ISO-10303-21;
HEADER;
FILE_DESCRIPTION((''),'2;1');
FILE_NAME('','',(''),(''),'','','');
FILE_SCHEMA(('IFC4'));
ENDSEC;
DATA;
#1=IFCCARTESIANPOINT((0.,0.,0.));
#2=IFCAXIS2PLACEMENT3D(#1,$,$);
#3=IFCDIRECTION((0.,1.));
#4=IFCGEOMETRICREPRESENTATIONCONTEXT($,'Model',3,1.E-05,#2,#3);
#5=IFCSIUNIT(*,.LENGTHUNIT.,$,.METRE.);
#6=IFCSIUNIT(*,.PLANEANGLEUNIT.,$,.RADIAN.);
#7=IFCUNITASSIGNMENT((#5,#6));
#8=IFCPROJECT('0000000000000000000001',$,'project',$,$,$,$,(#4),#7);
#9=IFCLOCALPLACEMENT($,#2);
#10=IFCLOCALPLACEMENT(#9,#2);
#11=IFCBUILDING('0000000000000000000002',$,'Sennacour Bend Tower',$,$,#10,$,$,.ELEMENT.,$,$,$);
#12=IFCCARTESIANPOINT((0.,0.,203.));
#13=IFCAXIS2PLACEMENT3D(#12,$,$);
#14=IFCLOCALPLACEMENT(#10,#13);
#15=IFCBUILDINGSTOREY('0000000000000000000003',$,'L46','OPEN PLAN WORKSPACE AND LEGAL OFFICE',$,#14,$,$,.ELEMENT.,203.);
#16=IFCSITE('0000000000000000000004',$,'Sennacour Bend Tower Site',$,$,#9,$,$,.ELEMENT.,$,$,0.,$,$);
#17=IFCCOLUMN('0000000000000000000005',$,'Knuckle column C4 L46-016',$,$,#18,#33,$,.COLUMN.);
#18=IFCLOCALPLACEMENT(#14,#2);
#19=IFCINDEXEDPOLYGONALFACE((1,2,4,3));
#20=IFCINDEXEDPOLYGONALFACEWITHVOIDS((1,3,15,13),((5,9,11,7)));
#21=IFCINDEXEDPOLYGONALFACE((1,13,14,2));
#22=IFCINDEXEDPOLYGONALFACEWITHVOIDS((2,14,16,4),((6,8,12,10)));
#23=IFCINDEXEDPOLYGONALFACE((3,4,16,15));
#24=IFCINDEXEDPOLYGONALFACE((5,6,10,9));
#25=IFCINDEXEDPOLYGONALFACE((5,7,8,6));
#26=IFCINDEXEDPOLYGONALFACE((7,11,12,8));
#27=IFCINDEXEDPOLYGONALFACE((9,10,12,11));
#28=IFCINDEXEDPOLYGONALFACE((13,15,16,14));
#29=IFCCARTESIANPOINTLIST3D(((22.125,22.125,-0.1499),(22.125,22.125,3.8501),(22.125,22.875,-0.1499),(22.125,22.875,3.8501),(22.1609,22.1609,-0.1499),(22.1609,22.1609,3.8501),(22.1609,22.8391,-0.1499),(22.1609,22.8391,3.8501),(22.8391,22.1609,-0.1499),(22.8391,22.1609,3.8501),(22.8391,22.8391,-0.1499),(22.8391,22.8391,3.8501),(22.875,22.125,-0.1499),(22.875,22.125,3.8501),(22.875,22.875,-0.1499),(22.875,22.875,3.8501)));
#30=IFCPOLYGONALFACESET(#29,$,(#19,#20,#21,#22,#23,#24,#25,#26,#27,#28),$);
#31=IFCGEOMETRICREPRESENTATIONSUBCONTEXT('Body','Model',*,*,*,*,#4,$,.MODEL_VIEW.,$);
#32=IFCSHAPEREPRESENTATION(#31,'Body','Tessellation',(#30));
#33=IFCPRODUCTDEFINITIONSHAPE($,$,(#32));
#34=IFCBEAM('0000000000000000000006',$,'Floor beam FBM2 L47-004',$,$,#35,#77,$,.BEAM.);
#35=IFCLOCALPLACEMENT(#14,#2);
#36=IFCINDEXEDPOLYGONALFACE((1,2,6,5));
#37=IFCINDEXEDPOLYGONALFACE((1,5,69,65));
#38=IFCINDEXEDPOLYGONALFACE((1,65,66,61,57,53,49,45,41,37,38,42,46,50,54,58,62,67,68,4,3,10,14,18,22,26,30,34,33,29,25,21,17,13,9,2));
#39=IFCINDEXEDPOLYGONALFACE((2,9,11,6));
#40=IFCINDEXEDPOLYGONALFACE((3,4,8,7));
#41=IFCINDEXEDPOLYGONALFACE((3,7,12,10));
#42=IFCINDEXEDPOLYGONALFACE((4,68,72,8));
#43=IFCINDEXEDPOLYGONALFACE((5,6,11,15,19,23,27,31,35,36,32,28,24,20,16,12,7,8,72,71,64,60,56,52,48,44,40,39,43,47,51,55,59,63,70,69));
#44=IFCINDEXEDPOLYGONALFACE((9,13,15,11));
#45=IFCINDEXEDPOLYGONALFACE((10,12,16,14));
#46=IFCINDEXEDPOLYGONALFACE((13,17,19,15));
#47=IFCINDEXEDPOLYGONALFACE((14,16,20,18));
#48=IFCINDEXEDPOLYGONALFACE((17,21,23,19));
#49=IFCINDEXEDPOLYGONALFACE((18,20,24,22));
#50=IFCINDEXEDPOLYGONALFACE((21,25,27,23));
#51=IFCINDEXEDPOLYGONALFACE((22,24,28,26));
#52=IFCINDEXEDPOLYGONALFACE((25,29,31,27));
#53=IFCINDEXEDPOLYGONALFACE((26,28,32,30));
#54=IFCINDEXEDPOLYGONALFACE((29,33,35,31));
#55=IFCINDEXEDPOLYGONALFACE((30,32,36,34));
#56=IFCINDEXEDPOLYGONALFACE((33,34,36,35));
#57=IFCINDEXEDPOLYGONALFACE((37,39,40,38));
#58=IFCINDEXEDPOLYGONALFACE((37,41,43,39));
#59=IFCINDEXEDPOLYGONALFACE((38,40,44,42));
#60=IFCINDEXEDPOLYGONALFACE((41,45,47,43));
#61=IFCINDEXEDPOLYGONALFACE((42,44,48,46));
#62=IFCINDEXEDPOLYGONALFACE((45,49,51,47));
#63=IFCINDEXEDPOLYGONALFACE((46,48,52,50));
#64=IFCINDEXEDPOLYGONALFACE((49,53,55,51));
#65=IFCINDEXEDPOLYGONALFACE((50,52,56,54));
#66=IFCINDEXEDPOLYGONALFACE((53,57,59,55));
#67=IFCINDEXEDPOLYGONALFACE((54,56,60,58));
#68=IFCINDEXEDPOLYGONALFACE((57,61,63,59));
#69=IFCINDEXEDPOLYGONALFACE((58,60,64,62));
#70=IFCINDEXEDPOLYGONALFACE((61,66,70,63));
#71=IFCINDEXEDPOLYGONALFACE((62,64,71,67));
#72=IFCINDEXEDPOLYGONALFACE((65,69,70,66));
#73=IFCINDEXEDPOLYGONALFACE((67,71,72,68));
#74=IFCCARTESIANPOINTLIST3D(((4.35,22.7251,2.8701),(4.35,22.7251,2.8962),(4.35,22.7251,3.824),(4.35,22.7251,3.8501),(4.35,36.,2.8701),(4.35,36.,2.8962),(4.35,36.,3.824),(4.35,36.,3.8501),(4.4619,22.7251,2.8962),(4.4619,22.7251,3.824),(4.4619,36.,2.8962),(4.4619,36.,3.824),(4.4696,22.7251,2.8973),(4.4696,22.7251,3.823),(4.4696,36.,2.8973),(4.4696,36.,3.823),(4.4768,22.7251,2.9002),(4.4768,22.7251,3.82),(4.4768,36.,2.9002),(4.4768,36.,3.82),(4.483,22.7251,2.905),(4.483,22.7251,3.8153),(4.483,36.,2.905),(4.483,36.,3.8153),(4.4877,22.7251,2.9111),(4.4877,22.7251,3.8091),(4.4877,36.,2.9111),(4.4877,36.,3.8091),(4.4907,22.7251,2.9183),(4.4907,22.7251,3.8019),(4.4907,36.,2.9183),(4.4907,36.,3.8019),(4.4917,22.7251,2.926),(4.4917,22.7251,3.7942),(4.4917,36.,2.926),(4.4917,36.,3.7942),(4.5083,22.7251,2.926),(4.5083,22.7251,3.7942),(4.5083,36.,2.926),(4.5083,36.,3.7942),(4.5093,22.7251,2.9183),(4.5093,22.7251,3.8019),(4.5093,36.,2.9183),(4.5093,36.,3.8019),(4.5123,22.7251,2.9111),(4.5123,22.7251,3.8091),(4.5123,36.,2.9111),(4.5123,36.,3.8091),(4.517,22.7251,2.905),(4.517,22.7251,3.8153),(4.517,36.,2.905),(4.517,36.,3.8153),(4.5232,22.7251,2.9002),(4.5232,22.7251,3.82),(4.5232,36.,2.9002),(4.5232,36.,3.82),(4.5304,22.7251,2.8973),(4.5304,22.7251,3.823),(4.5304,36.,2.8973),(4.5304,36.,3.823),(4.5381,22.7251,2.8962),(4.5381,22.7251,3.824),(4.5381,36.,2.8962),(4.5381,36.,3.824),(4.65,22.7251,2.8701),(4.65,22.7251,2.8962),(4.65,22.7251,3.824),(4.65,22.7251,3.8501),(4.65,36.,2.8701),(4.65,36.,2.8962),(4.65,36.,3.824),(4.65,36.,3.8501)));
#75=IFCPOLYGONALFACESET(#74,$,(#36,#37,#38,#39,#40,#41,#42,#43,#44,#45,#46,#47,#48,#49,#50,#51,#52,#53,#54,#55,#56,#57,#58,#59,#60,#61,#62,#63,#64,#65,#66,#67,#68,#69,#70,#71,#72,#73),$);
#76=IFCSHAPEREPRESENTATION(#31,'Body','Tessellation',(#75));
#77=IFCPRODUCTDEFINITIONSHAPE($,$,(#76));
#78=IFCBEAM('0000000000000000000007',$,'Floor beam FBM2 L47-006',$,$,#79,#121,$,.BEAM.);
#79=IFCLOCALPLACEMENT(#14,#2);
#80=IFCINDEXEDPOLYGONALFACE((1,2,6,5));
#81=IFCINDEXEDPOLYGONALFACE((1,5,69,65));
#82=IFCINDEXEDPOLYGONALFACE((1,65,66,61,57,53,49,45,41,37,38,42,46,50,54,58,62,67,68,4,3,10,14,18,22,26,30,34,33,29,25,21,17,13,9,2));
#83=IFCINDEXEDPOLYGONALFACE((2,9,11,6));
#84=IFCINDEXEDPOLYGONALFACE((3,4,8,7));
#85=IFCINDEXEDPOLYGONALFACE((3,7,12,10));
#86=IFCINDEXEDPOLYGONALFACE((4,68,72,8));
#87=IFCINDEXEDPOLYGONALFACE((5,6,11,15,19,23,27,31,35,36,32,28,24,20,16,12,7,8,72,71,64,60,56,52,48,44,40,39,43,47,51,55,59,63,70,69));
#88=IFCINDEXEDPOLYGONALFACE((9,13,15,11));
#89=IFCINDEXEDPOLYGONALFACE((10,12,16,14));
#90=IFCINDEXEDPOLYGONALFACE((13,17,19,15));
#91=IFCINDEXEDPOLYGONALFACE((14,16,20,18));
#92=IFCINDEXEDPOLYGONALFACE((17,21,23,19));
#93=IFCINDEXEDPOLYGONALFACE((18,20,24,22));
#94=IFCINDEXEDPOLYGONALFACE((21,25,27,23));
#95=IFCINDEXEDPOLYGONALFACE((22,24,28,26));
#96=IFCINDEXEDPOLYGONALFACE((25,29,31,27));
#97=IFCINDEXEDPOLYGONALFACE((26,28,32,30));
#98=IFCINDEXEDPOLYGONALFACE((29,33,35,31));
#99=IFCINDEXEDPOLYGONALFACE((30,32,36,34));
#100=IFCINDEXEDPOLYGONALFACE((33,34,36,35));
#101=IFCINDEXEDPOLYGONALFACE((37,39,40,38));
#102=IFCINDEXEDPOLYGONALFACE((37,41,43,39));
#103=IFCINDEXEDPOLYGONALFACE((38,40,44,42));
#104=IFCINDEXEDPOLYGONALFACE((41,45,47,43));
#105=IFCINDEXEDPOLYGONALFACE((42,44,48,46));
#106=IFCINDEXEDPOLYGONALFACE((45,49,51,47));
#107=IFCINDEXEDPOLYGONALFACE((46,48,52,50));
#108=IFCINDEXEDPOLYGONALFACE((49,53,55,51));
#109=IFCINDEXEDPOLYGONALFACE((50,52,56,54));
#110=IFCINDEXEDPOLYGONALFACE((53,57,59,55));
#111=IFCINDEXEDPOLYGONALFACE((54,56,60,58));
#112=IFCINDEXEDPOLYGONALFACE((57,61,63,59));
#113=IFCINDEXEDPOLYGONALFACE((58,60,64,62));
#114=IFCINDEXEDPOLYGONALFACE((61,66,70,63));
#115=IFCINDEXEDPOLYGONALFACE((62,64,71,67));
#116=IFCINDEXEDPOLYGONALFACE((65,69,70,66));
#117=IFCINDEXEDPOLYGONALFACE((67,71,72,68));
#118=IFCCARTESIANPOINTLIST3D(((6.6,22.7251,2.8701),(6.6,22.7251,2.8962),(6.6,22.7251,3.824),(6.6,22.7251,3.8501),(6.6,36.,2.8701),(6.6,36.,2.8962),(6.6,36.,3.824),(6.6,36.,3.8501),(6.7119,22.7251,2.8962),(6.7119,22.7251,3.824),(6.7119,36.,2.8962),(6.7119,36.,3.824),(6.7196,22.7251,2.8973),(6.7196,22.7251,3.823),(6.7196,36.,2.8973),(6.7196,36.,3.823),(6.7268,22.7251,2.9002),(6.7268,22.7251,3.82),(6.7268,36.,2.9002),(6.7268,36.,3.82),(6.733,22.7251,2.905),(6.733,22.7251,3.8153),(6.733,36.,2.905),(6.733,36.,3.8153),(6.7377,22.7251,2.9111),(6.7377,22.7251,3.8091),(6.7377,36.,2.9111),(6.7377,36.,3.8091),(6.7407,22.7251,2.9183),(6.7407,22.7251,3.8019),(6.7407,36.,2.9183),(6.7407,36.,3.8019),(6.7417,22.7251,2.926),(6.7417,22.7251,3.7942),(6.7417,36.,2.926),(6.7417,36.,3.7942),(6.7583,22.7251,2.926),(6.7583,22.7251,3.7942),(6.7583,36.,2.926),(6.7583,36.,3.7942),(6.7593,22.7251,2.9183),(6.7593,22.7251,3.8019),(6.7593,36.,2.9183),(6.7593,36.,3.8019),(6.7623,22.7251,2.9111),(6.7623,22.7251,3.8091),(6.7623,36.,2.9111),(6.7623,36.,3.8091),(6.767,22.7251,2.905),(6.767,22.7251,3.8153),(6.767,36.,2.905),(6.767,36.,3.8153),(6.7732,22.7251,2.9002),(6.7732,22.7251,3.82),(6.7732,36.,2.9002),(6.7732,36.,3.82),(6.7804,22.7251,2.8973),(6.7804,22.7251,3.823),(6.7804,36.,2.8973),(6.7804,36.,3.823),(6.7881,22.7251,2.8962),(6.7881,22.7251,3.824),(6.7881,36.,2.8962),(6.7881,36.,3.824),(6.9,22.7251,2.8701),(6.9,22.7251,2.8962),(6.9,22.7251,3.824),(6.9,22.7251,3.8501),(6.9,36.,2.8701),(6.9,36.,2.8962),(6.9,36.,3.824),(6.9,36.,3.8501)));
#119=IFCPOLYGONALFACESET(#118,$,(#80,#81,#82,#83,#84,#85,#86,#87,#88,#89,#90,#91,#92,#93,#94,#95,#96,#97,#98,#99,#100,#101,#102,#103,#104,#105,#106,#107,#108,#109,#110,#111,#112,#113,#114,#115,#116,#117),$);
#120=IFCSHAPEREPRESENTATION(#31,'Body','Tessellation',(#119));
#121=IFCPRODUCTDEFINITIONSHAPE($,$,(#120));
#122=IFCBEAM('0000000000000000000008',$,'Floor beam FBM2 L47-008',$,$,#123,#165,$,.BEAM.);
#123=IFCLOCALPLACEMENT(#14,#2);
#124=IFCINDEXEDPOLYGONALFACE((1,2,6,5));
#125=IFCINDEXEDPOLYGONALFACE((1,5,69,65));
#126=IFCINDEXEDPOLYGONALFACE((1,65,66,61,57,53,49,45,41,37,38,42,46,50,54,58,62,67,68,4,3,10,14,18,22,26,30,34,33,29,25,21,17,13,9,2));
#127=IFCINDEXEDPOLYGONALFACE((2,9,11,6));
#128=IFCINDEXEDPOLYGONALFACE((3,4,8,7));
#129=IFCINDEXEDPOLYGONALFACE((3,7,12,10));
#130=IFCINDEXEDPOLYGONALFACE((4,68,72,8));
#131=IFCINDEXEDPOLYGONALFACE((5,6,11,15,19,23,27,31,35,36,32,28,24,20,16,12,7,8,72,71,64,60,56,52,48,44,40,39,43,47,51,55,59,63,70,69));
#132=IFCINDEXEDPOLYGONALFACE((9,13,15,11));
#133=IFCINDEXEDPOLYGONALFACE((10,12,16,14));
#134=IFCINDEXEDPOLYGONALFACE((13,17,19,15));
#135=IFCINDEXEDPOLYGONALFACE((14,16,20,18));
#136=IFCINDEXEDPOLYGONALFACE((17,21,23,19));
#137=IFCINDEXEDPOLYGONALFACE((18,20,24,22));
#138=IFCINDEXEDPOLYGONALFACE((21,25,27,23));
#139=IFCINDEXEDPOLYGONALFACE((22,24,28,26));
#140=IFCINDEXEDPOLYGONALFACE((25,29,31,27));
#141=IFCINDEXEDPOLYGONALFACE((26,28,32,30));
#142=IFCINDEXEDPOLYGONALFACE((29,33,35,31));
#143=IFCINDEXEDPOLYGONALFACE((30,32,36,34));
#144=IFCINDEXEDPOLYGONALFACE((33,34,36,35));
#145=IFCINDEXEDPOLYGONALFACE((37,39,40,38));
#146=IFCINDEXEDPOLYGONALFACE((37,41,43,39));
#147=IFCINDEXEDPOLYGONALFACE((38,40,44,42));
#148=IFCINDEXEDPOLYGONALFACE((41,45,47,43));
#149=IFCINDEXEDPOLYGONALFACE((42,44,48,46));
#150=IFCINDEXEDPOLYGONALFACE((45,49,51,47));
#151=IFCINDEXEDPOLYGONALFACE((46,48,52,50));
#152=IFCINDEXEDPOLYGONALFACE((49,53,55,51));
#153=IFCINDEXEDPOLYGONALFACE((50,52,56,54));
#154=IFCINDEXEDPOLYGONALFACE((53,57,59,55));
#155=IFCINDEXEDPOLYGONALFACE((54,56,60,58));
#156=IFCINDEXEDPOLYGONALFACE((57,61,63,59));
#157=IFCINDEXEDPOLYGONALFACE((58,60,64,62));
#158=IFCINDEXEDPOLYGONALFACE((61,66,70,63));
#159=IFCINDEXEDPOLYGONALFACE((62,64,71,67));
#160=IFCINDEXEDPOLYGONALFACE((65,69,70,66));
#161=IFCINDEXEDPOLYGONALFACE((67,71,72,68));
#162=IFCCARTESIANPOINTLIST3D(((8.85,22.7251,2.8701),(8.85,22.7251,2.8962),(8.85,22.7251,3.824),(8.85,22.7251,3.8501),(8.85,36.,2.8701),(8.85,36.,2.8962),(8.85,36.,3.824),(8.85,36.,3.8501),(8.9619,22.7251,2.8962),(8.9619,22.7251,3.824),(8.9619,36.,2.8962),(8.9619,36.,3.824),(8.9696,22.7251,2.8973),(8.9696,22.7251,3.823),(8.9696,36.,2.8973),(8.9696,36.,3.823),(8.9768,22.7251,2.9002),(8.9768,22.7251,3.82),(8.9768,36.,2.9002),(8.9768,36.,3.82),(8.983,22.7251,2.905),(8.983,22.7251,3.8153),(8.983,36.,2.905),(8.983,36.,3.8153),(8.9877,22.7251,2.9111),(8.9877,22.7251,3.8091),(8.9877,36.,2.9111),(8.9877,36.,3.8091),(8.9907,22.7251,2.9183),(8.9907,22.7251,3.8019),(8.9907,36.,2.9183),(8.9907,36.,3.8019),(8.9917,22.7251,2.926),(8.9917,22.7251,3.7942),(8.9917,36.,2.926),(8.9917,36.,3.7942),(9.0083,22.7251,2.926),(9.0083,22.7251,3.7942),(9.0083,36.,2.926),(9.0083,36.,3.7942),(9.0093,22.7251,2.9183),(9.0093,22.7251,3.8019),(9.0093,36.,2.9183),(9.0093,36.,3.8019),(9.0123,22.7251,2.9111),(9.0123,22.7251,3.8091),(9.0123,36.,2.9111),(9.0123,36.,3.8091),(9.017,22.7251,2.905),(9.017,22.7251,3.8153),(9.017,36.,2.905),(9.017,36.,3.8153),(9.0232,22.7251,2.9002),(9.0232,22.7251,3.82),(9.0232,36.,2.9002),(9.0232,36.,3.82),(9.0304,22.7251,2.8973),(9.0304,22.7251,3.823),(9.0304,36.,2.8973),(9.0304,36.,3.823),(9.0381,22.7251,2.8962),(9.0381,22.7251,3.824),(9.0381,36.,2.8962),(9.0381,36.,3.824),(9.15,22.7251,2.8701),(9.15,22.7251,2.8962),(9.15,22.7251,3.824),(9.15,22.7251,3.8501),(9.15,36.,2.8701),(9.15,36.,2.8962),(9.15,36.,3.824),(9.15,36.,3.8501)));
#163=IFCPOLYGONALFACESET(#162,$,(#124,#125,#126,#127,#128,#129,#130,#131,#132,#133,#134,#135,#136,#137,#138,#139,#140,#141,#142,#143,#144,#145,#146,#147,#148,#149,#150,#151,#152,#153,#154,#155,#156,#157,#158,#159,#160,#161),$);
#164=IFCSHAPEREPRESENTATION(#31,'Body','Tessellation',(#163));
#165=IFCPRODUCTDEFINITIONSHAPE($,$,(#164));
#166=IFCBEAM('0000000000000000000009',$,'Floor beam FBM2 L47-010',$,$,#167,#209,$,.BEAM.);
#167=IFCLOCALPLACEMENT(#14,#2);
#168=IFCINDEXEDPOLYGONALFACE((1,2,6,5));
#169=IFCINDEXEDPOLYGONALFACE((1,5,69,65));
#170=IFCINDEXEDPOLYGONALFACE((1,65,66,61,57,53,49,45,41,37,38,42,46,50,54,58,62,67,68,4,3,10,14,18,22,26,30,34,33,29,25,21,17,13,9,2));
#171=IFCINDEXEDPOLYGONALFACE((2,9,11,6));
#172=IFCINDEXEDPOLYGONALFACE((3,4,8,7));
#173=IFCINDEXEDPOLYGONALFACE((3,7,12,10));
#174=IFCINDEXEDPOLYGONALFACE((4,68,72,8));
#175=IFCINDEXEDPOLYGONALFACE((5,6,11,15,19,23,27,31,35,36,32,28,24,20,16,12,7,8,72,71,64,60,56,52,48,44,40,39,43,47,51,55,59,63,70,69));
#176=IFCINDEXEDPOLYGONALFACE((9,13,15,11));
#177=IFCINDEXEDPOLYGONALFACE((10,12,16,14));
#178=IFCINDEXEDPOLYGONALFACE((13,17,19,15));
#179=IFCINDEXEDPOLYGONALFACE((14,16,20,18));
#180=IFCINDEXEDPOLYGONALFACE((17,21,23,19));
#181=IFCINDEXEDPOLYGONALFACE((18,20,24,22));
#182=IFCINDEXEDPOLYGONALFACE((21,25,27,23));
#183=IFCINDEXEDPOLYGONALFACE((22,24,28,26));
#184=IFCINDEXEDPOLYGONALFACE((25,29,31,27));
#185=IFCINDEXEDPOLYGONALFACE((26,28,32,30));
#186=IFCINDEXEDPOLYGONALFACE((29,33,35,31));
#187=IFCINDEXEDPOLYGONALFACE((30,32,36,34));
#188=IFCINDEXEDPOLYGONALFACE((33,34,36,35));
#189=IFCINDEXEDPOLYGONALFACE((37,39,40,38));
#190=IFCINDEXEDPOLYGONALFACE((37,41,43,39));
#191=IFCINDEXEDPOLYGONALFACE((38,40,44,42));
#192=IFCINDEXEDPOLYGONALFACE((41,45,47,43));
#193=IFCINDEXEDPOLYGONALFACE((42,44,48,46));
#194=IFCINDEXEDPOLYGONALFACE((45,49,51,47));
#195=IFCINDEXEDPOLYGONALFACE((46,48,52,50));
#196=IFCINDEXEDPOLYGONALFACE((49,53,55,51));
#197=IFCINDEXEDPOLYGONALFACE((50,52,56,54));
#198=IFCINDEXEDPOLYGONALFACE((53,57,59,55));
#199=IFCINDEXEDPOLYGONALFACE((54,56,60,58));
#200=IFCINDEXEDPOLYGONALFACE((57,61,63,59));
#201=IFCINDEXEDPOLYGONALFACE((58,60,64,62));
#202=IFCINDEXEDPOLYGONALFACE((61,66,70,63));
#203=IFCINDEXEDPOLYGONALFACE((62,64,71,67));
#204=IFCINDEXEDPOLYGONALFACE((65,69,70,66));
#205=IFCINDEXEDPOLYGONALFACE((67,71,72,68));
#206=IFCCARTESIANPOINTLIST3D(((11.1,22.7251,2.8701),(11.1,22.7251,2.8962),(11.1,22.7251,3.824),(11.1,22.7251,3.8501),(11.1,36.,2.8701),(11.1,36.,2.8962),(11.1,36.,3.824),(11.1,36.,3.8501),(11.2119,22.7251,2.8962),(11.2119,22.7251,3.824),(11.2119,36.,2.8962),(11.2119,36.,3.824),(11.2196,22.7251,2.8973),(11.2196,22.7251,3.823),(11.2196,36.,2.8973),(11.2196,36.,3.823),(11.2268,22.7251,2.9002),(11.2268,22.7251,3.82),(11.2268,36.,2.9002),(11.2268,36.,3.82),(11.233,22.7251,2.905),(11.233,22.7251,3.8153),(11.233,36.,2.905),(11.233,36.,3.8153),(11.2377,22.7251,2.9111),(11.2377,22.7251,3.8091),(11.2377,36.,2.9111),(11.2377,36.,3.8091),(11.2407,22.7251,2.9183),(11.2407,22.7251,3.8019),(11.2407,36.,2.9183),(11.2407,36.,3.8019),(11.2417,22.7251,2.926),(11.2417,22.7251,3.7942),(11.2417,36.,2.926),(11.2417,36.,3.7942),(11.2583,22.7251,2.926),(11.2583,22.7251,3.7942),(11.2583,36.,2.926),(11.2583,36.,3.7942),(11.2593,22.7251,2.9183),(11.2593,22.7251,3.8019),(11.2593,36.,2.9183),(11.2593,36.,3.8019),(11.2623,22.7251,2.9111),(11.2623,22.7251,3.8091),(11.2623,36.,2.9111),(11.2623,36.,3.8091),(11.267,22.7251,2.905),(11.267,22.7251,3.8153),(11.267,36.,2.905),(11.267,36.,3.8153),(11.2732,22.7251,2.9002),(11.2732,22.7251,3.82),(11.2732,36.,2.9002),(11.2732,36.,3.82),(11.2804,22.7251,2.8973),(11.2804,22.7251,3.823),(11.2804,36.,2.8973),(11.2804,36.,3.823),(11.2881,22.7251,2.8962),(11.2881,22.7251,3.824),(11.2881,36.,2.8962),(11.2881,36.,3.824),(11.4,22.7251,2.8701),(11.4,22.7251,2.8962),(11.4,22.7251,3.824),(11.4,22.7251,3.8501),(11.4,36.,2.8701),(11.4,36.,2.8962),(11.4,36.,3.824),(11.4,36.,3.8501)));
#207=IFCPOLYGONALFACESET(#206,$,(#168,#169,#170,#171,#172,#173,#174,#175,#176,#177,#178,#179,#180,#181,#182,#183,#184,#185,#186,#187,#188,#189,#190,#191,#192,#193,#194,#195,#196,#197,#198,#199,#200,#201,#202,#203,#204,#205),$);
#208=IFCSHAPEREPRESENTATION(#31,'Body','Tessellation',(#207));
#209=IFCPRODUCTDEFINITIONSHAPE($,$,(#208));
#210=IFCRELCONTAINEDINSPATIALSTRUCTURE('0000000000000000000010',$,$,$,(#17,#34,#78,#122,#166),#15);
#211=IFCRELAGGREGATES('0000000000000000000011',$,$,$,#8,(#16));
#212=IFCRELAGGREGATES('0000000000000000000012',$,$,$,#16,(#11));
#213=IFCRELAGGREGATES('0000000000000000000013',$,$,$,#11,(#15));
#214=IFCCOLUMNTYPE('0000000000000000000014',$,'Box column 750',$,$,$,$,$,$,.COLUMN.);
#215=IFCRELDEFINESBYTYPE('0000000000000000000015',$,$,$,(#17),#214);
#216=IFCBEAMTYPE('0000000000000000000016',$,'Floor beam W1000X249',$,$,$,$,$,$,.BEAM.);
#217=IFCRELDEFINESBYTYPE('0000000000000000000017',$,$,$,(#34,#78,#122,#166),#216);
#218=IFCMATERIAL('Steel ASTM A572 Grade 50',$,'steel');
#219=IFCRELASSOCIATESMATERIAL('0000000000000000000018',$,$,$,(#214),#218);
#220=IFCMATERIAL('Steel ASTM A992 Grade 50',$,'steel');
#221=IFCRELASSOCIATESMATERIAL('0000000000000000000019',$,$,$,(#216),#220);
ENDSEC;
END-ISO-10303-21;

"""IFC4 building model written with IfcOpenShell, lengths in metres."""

from ifc_helpers import new_model, si_unit, direction, frame, origin, origin_2d, place, context, subcontext, project, spatial, hollow_rectangle, i_section, extrude, material, material_profile, profile_set, type_object, element, save


model = new_model("IFC4")

# Units and contexts
model_context = context("Model", 3, precision=1e-05, world=origin(), true_north=direction((0.0, 1.0)))
body_context = subcontext(model_context, "Body", "Model", "MODEL_VIEW")
ifc_project = project(units=[si_unit("LENGTHUNIT", "METRE"), si_unit("PLANEANGLEUNIT", "RADIAN")], contexts=[model_context])

# Site, building, storey
site_placement = place(None, origin())
site = spatial("IfcSite", under=ifc_project, at=site_placement, Name="Sennacour Bend Tower Site", CompositionType="ELEMENT", RefElevation=0.0)
building_placement = place(site_placement, origin())
building = spatial("IfcBuilding", under=site, at=building_placement, Name="Sennacour Bend Tower", CompositionType="ELEMENT")
storey_placement = place(building_placement, frame((0.0, 0.0, 203.0)))
storey = spatial("IfcBuildingStorey", under=building, at=storey_placement, Name="L46", Description="OPEN PLAN WORKSPACE AND LEGAL OFFICE", CompositionType="ELEMENT", Elevation=203.0)

# Column
ifc_material_1 = material(Name="Steel ASTM A572 Grade 50", Category="steel")
ifc_material_profile_1 = material_profile(ifc_material_1, hollow_rectangle(XDim=0.75, YDim=0.75, WallThickness=0.0359, at=origin_2d()), Name="Steel ASTM A572 Grade 50", Category="steel")
ifc_profile_set_1 = profile_set([ifc_material_profile_1], Name="Steel ASTM A572 Grade 50")
column_type = type_object("IfcColumnType", Name="Box column 750", PredefinedType="COLUMN", material=ifc_profile_set_1)
column_placement = place(storey_placement, frame((22.5, 22.5, -0.1499), z_axis=(0.0, 0.0, 1.0), x_axis=(1.0, 0.0, 0.0)))
element("IfcColumn", 1, at=column_placement, inside=storey, type_object=column_type, Name="Knuckle column C4 L46-016", PredefinedType="COLUMN", context=body_context, shape_type="SweptSolid", body=[
    extrude(hollow_rectangle(XDim=0.75, YDim=0.75, WallThickness=0.0359, at=origin_2d()), origin(), (0.0, 0.0, 1.0), 4.0),
])

# Beams
ifc_material_2 = material(Name="Steel ASTM A992 Grade 50", Category="steel")
ifc_material_profile_2 = material_profile(ifc_material_2, i_section(OverallWidth=0.3, OverallDepth=0.98, WebThickness=0.0166, FlangeThickness=0.0261, FilletRadius=0.0298, at=origin_2d()), Name="Steel ASTM A992 Grade 50", Category="steel")
ifc_profile_set_2 = profile_set([ifc_material_profile_2], Name="Steel ASTM A992 Grade 50")
beam_type_1 = type_object("IfcBeamType", Name="Floor beam W1000X249", PredefinedType="BEAM", material=ifc_profile_set_2)
for number, where, z_axis, x_axis, name in (
    (2, (4.5, 22.7251, 3.3601), (0.0, 1.0, 0.0), (-1.0, 0.0, 0.0), "Floor beam FBM2 L47-004"),
    (3, (6.75, 22.7251, 3.3601), (0.0, 1.0, 0.0), (-1.0, 0.0, 0.0), "Floor beam FBM2 L47-006"),
    (4, (9.0, 22.7251, 3.3601), (0.0, 1.0, 0.0), (-1.0, 0.0, 0.0), "Floor beam FBM2 L47-008"),
    (5, (11.25, 22.7251, 3.3601), (0.0, 1.0, 0.0), (-1.0, 0.0, 0.0), "Floor beam FBM2 L47-010"),
):
    element("IfcBeam", number, at=place(storey_placement, frame(where, z_axis=z_axis, x_axis=x_axis)), inside=storey, type_object=beam_type_1, Name=name, PredefinedType="BEAM", context=body_context, shape_type="SweptSolid", body=[
        extrude(i_section(OverallWidth=0.3, OverallDepth=0.98, WebThickness=0.0166, FlangeThickness=0.0261, FilletRadius=0.0298, at=origin_2d()), origin(), (0.0, 0.0, 1.0), 13.2749),
    ])

save(model, "model.ifc")
